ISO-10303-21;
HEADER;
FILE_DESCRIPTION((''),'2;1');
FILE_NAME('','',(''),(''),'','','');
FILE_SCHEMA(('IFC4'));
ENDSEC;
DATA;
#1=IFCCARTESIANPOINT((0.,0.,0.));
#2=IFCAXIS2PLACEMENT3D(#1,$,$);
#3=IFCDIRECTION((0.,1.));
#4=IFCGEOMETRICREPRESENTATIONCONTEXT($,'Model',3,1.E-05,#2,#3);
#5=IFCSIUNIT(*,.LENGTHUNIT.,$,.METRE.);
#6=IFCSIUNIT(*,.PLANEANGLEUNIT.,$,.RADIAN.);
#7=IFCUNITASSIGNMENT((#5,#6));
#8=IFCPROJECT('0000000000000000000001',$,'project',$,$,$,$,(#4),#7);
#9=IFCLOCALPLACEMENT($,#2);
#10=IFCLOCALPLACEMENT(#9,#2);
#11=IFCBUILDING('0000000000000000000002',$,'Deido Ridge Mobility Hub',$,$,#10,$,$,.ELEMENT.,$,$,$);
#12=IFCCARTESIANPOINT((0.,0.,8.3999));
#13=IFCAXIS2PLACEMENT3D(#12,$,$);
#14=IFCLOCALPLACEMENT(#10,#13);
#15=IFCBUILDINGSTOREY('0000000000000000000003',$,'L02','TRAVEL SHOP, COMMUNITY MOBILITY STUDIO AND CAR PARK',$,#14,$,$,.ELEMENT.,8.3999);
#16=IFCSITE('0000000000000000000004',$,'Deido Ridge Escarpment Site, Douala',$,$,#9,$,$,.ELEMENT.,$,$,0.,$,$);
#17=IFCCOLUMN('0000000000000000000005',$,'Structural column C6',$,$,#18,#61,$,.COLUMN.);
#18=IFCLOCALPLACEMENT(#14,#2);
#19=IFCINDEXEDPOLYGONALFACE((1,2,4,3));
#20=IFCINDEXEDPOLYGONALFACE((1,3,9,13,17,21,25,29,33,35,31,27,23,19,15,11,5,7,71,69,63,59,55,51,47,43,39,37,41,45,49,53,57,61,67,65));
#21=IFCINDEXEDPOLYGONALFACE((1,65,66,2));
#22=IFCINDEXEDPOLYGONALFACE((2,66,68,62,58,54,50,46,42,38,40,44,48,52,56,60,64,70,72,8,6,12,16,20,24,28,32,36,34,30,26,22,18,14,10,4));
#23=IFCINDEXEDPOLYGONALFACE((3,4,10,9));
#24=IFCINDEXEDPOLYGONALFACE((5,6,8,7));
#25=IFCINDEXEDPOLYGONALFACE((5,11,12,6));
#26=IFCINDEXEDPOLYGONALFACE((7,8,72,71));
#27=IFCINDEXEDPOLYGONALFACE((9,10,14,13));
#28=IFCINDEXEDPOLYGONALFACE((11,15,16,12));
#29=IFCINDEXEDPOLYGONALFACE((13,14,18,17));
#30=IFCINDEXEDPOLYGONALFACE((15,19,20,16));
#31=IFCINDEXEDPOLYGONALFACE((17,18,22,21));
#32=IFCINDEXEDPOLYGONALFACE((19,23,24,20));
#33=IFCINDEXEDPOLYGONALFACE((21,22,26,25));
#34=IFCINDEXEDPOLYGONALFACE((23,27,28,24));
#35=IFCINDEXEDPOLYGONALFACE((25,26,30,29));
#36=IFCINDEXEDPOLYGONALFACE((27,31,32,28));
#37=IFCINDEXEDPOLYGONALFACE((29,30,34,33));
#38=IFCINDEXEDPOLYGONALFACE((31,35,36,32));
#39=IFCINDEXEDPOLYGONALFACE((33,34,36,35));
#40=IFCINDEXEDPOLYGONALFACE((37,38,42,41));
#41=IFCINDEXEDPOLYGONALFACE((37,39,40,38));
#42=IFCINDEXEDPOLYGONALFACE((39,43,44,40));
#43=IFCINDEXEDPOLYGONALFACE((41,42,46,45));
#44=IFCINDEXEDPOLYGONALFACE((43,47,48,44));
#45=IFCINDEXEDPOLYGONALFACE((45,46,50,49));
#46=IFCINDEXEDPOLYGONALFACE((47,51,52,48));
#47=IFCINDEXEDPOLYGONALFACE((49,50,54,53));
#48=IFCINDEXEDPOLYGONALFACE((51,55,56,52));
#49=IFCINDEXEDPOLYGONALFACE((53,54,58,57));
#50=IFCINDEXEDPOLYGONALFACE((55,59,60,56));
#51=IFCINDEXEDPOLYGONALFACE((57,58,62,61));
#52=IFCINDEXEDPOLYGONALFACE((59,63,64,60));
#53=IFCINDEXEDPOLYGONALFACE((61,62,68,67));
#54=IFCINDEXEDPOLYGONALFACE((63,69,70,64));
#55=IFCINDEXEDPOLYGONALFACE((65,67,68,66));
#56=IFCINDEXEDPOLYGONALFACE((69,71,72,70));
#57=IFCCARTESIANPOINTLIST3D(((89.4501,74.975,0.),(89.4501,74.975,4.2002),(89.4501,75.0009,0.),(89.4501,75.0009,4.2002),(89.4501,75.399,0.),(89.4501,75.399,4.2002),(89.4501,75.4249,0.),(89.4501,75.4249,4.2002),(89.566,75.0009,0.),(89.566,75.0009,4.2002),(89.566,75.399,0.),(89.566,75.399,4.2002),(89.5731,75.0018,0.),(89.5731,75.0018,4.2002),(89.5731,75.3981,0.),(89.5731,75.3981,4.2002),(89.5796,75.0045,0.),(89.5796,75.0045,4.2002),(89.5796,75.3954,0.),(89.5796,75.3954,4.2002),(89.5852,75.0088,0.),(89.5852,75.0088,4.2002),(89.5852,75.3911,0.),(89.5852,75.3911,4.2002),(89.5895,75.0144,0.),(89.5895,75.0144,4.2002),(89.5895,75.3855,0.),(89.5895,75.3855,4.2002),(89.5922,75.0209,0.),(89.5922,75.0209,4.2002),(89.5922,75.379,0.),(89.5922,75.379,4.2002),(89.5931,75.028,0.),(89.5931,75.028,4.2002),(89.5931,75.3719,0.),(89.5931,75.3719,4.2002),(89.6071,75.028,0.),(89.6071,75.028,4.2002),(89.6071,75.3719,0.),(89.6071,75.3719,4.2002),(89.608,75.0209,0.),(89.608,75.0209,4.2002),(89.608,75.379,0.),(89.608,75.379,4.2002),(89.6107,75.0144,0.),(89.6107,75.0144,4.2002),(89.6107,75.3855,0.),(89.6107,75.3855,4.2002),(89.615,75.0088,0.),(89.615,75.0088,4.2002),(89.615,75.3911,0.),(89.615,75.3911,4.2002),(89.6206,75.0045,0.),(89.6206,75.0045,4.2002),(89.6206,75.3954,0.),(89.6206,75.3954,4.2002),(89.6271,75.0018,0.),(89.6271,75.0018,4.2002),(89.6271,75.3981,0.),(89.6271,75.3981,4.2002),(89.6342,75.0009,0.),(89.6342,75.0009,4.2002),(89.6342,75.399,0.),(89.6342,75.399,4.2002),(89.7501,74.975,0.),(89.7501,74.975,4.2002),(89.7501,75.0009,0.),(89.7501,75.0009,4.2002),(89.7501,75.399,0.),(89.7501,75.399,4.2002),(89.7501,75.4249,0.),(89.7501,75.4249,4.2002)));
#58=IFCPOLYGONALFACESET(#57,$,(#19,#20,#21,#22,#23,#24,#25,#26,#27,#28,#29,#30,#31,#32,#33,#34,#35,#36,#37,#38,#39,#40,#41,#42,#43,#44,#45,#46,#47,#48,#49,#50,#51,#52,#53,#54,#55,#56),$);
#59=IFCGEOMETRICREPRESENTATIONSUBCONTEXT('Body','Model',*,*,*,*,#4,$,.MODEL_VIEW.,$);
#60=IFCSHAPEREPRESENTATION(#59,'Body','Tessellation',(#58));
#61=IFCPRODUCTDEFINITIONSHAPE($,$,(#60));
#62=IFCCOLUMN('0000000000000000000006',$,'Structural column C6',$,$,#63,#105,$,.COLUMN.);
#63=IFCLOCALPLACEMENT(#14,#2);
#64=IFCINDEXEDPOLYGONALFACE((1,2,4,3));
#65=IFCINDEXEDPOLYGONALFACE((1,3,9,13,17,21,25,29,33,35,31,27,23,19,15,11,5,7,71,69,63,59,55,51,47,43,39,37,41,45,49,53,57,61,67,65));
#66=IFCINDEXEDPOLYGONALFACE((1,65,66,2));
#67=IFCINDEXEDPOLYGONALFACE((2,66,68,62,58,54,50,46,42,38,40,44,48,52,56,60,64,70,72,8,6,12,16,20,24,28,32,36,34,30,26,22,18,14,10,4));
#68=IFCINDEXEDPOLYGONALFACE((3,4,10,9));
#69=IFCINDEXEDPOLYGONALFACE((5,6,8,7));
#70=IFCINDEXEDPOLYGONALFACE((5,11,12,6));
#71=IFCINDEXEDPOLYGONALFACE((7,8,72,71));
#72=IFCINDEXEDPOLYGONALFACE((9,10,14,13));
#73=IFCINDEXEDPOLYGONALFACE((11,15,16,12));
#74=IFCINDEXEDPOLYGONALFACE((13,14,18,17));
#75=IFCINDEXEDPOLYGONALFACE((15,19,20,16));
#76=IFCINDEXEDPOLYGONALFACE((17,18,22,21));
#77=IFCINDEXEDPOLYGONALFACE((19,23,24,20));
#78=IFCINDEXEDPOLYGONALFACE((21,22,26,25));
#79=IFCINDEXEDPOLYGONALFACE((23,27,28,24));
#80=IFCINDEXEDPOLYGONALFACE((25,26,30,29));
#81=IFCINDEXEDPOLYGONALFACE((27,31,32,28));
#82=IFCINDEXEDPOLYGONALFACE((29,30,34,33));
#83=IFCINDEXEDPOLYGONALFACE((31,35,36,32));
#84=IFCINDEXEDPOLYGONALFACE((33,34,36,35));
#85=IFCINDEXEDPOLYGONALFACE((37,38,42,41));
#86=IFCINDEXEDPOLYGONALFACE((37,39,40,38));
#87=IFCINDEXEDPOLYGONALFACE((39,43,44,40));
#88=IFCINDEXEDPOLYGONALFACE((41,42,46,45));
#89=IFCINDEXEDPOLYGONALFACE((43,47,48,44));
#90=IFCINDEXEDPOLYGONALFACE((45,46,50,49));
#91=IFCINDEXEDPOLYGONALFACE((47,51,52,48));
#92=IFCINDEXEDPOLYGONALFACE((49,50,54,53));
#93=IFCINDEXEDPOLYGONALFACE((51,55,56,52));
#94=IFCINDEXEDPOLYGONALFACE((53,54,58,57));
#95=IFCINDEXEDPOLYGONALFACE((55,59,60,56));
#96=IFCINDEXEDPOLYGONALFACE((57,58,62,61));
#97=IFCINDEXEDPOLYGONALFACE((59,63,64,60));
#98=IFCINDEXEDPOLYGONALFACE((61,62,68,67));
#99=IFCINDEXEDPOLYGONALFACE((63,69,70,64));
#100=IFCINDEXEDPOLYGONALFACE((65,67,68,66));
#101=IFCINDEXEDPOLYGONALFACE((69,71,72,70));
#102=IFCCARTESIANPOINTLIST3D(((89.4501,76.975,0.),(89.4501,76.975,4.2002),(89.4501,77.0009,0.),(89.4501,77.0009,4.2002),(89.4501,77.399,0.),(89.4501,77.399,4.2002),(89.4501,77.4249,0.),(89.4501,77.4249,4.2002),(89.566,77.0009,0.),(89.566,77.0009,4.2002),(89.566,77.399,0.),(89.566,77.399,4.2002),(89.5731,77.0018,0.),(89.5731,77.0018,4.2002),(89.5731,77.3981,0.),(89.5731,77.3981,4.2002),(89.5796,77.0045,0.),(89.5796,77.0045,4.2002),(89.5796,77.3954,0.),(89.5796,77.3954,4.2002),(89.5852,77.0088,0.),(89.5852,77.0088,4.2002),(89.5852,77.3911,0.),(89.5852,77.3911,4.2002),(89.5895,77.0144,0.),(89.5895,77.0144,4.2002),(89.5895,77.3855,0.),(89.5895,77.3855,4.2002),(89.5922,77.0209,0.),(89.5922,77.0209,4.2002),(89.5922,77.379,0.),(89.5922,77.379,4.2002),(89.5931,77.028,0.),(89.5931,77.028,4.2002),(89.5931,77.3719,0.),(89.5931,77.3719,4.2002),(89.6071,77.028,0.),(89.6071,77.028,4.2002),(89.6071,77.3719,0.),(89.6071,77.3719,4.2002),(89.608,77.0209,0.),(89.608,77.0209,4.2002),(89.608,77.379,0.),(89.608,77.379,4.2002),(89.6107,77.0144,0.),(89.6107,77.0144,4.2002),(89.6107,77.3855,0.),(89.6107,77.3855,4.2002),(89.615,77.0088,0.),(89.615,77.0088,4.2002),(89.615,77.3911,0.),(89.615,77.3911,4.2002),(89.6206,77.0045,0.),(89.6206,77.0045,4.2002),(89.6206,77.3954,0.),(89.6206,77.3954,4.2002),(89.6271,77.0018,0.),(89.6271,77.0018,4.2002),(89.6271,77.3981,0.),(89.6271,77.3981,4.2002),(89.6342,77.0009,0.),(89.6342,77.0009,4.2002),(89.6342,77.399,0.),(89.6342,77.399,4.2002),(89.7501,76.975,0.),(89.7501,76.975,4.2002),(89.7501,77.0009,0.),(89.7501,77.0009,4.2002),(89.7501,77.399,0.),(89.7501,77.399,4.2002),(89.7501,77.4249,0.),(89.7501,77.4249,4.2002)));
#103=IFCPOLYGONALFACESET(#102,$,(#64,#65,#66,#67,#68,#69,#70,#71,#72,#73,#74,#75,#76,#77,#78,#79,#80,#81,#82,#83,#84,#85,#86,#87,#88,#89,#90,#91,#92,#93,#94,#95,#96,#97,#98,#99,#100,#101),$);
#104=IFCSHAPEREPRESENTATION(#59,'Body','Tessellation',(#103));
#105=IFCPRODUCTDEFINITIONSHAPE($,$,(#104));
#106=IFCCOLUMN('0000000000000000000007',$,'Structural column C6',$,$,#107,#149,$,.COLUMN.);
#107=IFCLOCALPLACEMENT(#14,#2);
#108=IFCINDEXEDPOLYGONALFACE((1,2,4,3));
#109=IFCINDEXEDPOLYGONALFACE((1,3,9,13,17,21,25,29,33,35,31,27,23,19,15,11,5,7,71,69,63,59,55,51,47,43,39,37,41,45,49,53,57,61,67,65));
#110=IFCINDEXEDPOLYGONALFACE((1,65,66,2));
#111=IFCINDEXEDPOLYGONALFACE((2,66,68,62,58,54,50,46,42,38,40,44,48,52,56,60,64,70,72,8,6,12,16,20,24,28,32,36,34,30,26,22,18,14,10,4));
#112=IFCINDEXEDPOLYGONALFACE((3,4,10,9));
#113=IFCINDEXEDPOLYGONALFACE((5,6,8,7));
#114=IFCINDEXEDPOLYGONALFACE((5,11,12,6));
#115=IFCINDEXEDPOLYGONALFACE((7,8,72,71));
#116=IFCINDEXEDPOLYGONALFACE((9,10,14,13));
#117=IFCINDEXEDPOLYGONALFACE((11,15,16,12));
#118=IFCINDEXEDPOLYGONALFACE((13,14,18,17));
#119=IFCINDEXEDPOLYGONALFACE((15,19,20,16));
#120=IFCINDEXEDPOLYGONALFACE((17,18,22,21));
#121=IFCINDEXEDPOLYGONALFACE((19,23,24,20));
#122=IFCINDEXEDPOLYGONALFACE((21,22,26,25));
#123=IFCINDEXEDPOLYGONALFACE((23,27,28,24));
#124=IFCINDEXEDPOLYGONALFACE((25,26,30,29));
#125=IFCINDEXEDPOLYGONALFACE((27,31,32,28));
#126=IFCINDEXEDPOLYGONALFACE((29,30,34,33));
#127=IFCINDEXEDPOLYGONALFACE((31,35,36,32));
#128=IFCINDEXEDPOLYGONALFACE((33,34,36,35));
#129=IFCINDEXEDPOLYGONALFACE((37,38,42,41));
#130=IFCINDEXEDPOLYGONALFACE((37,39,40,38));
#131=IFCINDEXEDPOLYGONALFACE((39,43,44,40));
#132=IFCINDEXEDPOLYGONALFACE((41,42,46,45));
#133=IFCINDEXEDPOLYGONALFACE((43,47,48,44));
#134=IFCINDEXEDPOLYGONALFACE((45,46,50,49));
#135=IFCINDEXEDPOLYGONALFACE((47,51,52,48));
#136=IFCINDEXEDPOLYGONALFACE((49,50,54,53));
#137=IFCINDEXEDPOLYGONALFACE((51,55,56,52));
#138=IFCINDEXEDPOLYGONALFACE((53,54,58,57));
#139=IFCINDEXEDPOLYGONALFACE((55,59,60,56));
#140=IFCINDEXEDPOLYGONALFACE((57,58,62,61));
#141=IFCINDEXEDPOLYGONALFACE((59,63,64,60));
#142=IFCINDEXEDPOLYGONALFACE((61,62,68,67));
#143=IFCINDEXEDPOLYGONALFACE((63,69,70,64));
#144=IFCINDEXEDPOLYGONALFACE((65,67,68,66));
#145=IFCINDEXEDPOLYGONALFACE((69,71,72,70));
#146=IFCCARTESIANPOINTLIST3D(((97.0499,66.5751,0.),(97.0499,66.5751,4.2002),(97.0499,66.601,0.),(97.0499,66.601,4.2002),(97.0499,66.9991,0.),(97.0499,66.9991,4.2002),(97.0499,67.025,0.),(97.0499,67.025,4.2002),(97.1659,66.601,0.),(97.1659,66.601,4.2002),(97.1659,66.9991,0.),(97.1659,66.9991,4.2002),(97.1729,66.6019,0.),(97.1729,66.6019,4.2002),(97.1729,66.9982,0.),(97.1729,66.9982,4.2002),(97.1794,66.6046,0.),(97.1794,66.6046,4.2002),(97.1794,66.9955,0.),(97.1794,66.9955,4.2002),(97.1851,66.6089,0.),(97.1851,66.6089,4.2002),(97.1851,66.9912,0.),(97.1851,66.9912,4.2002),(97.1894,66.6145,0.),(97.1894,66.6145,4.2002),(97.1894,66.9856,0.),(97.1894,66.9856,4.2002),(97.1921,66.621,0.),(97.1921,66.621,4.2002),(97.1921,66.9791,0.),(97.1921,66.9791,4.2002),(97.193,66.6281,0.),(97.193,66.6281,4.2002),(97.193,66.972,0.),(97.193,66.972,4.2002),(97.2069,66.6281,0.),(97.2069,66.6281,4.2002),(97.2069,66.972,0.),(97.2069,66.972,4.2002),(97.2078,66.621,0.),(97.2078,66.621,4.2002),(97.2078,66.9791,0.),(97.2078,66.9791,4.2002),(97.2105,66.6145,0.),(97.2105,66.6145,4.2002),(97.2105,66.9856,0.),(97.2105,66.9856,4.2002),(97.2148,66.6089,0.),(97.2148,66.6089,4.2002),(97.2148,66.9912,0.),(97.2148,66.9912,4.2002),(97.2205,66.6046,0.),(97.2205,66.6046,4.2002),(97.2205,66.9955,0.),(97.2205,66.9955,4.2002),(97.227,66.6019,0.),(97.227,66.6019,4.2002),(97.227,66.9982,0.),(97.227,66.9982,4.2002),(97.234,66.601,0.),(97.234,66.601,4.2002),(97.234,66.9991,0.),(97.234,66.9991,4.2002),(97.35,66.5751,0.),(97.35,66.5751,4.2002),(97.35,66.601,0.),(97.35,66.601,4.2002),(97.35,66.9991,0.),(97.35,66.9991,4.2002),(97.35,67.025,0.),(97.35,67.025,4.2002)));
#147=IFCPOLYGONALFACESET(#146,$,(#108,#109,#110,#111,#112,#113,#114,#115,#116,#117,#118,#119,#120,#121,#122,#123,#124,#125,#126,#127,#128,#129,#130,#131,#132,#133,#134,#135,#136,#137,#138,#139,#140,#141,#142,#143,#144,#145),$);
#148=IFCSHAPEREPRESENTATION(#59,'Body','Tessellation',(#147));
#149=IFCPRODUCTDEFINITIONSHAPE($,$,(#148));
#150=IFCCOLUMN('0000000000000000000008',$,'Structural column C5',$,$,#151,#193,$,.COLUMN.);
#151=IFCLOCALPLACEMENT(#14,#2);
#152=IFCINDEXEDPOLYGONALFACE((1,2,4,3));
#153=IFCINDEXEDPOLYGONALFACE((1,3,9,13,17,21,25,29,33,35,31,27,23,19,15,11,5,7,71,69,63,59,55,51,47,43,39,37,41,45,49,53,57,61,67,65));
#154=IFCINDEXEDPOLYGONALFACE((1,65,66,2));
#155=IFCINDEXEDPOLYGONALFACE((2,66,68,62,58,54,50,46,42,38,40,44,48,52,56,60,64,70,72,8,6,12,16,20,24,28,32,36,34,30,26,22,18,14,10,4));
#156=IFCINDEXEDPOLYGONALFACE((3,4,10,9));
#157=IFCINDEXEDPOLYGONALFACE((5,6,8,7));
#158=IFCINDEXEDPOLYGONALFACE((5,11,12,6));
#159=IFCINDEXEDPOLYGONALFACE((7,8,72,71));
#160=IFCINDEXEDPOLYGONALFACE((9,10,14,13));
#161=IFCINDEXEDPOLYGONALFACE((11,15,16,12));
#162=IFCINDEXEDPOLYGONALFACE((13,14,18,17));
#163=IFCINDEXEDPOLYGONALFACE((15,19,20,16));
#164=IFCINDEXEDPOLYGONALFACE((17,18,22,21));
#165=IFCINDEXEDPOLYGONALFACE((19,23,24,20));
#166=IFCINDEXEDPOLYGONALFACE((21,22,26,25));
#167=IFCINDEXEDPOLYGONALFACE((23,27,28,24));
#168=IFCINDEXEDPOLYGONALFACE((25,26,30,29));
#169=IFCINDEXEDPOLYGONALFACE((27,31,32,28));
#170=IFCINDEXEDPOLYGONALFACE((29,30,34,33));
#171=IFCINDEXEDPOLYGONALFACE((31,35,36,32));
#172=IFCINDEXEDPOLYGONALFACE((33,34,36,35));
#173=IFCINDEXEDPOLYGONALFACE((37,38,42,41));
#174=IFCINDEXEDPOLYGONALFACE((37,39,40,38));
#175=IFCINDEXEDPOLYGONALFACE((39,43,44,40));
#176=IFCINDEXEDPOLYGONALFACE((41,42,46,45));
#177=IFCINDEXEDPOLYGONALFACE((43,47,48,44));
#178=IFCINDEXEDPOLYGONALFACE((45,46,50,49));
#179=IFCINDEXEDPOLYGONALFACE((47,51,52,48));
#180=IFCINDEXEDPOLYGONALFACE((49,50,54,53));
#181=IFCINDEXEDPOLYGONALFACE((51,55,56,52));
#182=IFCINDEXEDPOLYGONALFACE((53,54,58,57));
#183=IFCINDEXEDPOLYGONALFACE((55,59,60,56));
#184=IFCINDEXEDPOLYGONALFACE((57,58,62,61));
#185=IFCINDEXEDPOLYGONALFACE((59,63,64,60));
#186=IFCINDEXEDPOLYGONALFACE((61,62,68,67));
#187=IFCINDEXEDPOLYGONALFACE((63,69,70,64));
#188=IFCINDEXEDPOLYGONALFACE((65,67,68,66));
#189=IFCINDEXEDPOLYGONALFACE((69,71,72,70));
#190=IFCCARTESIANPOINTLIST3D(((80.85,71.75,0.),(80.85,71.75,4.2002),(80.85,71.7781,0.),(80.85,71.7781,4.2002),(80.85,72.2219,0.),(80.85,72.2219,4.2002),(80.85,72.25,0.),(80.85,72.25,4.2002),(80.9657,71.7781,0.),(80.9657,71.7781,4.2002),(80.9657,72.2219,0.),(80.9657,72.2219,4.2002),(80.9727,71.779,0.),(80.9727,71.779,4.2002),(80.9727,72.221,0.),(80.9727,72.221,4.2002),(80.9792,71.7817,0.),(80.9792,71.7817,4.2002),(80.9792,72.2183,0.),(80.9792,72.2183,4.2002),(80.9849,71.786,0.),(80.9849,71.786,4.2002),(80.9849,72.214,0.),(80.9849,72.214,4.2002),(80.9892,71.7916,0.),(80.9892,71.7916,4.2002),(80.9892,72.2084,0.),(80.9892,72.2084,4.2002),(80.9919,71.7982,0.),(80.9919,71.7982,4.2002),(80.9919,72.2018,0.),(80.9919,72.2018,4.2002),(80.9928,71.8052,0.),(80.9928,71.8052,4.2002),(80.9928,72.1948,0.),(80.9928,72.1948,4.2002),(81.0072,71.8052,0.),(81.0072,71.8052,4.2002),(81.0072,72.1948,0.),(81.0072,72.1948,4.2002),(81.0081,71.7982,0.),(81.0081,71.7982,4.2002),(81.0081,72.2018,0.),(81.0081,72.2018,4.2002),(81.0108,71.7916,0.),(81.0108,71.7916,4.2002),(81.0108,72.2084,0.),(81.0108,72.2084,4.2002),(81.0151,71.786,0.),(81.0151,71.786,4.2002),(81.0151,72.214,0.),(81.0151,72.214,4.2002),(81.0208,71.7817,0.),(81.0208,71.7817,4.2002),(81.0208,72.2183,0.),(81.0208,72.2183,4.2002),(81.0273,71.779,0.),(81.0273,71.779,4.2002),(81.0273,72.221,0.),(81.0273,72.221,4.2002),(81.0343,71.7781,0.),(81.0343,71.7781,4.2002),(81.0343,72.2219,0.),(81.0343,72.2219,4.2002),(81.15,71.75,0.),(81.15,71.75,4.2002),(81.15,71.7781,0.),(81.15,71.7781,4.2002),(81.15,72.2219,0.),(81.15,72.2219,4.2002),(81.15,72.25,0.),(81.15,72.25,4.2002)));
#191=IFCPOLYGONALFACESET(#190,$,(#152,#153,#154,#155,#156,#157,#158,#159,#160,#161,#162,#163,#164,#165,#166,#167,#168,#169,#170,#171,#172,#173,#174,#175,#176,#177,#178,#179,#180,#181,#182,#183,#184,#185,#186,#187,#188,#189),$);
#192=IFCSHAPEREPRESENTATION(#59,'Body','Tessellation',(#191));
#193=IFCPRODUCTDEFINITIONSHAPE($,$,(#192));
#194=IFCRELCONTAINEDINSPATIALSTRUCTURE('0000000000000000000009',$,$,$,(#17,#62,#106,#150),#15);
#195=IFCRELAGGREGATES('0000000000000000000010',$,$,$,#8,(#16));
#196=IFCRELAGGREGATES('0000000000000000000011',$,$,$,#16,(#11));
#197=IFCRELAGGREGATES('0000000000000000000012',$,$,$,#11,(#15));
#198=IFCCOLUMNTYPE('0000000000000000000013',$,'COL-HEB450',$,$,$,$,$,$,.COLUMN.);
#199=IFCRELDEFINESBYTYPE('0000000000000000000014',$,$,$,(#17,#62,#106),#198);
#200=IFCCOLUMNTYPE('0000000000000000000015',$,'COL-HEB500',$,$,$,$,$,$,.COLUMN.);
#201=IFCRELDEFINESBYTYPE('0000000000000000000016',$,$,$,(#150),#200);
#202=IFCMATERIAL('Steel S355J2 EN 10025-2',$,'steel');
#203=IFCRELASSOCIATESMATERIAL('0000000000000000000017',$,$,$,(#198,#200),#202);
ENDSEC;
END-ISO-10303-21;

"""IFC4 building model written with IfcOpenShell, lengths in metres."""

from ifc_helpers import new_model, si_unit, direction, frame, origin, origin_2d, place, context, subcontext, project, spatial, i_section, extrude, material, material_profile, profile_set, type_object, element, save


model = new_model("IFC4")

# Units and contexts
model_context = context("Model", 3, precision=1e-05, world=origin(), true_north=direction((0.0, 1.0)))
body_context = subcontext(model_context, "Body", "Model", "MODEL_VIEW")
ifc_project = project(units=[si_unit("LENGTHUNIT", "METRE"), si_unit("PLANEANGLEUNIT", "RADIAN")], contexts=[model_context])

# Site, building, storey
site_placement = place(None, origin())
site = spatial("IfcSite", under=ifc_project, at=site_placement, Name="Deido Ridge Escarpment Site, Douala", CompositionType="ELEMENT", RefElevation=0.0)
building_placement = place(site_placement, origin())
building = spatial("IfcBuilding", under=site, at=building_placement, Name="Deido Ridge Mobility Hub", CompositionType="ELEMENT")
storey_placement = place(building_placement, frame((0.0, 0.0, 8.3999)))
storey = spatial("IfcBuildingStorey", under=building, at=storey_placement, Name="L02", Description="TRAVEL SHOP, COMMUNITY MOBILITY STUDIO AND CAR PARK", CompositionType="ELEMENT", Elevation=8.3999)

# Columns
ifc_material_1 = material(Name="Steel S355J2 EN 10025-2", Category="steel")
ifc_material_profile_1 = material_profile(ifc_material_1, i_section(OverallWidth=0.3, OverallDepth=0.45, WebThickness=0.0139, FlangeThickness=0.0259, FilletRadius=0.0271, at=origin_2d()), Name="HEB 450")
ifc_profile_set_1 = profile_set([ifc_material_profile_1], Name="Steel S355J2 EN 10025-2")
column_type_1 = type_object("IfcColumnType", Name="COL-HEB450", PredefinedType="COLUMN", material=ifc_profile_set_1)
for number, where, z_axis, x_axis, name in (
    (1, (89.6001, 75.2, 0.0), (0.0, 0.0, 1.0), (1.0, 0.0, 0.0), "Structural column C6"),
    (2, (89.6001, 77.2, 0.0), (0.0, 0.0, 1.0), (1.0, 0.0, 0.0), "Structural column C6"),
    (3, (97.2, 66.8, 0.0), (0.0, 0.0, 1.0), (1.0, 0.0, 0.0), "Structural column C6"),
):
    element("IfcColumn", number, at=place(storey_placement, frame(where, z_axis=z_axis, x_axis=x_axis)), inside=storey, type_object=column_type_1, Name=name, PredefinedType="COLUMN", context=body_context, shape_type="SweptSolid", body=[
        extrude(i_section(OverallWidth=0.3, OverallDepth=0.45, WebThickness=0.0139, FlangeThickness=0.0259, FilletRadius=0.0271, at=origin_2d()), origin(), (0.0, 0.0, 1.0), 4.2002),
    ])
ifc_material_profile_2 = material_profile(ifc_material_1, i_section(OverallWidth=0.3, OverallDepth=0.5, WebThickness=0.0144, FlangeThickness=0.0281, FilletRadius=0.0271, at=origin_2d()), Name="HEB 500")
ifc_profile_set_2 = profile_set([ifc_material_profile_2], Name="Steel S355J2 EN 10025-2")
column_type_2 = type_object("IfcColumnType", Name="COL-HEB500", PredefinedType="COLUMN", material=ifc_profile_set_2)
for number, where, z_axis, x_axis, name in (
    (4, (81.0, 72.0, 0.0), (0.0, 0.0, 1.0), (1.0, 0.0, 0.0), "Structural column C5"),
):
    element("IfcColumn", number, at=place(storey_placement, frame(where, z_axis=z_axis, x_axis=x_axis)), inside=storey, type_object=column_type_2, Name=name, PredefinedType="COLUMN", context=body_context, shape_type="SweptSolid", body=[
        extrude(i_section(OverallWidth=0.3, OverallDepth=0.5, WebThickness=0.0144, FlangeThickness=0.0281, FilletRadius=0.0271, at=origin_2d()), origin(), (0.0, 0.0, 1.0), 4.2002),
    ])

save(model, "model.ifc")
